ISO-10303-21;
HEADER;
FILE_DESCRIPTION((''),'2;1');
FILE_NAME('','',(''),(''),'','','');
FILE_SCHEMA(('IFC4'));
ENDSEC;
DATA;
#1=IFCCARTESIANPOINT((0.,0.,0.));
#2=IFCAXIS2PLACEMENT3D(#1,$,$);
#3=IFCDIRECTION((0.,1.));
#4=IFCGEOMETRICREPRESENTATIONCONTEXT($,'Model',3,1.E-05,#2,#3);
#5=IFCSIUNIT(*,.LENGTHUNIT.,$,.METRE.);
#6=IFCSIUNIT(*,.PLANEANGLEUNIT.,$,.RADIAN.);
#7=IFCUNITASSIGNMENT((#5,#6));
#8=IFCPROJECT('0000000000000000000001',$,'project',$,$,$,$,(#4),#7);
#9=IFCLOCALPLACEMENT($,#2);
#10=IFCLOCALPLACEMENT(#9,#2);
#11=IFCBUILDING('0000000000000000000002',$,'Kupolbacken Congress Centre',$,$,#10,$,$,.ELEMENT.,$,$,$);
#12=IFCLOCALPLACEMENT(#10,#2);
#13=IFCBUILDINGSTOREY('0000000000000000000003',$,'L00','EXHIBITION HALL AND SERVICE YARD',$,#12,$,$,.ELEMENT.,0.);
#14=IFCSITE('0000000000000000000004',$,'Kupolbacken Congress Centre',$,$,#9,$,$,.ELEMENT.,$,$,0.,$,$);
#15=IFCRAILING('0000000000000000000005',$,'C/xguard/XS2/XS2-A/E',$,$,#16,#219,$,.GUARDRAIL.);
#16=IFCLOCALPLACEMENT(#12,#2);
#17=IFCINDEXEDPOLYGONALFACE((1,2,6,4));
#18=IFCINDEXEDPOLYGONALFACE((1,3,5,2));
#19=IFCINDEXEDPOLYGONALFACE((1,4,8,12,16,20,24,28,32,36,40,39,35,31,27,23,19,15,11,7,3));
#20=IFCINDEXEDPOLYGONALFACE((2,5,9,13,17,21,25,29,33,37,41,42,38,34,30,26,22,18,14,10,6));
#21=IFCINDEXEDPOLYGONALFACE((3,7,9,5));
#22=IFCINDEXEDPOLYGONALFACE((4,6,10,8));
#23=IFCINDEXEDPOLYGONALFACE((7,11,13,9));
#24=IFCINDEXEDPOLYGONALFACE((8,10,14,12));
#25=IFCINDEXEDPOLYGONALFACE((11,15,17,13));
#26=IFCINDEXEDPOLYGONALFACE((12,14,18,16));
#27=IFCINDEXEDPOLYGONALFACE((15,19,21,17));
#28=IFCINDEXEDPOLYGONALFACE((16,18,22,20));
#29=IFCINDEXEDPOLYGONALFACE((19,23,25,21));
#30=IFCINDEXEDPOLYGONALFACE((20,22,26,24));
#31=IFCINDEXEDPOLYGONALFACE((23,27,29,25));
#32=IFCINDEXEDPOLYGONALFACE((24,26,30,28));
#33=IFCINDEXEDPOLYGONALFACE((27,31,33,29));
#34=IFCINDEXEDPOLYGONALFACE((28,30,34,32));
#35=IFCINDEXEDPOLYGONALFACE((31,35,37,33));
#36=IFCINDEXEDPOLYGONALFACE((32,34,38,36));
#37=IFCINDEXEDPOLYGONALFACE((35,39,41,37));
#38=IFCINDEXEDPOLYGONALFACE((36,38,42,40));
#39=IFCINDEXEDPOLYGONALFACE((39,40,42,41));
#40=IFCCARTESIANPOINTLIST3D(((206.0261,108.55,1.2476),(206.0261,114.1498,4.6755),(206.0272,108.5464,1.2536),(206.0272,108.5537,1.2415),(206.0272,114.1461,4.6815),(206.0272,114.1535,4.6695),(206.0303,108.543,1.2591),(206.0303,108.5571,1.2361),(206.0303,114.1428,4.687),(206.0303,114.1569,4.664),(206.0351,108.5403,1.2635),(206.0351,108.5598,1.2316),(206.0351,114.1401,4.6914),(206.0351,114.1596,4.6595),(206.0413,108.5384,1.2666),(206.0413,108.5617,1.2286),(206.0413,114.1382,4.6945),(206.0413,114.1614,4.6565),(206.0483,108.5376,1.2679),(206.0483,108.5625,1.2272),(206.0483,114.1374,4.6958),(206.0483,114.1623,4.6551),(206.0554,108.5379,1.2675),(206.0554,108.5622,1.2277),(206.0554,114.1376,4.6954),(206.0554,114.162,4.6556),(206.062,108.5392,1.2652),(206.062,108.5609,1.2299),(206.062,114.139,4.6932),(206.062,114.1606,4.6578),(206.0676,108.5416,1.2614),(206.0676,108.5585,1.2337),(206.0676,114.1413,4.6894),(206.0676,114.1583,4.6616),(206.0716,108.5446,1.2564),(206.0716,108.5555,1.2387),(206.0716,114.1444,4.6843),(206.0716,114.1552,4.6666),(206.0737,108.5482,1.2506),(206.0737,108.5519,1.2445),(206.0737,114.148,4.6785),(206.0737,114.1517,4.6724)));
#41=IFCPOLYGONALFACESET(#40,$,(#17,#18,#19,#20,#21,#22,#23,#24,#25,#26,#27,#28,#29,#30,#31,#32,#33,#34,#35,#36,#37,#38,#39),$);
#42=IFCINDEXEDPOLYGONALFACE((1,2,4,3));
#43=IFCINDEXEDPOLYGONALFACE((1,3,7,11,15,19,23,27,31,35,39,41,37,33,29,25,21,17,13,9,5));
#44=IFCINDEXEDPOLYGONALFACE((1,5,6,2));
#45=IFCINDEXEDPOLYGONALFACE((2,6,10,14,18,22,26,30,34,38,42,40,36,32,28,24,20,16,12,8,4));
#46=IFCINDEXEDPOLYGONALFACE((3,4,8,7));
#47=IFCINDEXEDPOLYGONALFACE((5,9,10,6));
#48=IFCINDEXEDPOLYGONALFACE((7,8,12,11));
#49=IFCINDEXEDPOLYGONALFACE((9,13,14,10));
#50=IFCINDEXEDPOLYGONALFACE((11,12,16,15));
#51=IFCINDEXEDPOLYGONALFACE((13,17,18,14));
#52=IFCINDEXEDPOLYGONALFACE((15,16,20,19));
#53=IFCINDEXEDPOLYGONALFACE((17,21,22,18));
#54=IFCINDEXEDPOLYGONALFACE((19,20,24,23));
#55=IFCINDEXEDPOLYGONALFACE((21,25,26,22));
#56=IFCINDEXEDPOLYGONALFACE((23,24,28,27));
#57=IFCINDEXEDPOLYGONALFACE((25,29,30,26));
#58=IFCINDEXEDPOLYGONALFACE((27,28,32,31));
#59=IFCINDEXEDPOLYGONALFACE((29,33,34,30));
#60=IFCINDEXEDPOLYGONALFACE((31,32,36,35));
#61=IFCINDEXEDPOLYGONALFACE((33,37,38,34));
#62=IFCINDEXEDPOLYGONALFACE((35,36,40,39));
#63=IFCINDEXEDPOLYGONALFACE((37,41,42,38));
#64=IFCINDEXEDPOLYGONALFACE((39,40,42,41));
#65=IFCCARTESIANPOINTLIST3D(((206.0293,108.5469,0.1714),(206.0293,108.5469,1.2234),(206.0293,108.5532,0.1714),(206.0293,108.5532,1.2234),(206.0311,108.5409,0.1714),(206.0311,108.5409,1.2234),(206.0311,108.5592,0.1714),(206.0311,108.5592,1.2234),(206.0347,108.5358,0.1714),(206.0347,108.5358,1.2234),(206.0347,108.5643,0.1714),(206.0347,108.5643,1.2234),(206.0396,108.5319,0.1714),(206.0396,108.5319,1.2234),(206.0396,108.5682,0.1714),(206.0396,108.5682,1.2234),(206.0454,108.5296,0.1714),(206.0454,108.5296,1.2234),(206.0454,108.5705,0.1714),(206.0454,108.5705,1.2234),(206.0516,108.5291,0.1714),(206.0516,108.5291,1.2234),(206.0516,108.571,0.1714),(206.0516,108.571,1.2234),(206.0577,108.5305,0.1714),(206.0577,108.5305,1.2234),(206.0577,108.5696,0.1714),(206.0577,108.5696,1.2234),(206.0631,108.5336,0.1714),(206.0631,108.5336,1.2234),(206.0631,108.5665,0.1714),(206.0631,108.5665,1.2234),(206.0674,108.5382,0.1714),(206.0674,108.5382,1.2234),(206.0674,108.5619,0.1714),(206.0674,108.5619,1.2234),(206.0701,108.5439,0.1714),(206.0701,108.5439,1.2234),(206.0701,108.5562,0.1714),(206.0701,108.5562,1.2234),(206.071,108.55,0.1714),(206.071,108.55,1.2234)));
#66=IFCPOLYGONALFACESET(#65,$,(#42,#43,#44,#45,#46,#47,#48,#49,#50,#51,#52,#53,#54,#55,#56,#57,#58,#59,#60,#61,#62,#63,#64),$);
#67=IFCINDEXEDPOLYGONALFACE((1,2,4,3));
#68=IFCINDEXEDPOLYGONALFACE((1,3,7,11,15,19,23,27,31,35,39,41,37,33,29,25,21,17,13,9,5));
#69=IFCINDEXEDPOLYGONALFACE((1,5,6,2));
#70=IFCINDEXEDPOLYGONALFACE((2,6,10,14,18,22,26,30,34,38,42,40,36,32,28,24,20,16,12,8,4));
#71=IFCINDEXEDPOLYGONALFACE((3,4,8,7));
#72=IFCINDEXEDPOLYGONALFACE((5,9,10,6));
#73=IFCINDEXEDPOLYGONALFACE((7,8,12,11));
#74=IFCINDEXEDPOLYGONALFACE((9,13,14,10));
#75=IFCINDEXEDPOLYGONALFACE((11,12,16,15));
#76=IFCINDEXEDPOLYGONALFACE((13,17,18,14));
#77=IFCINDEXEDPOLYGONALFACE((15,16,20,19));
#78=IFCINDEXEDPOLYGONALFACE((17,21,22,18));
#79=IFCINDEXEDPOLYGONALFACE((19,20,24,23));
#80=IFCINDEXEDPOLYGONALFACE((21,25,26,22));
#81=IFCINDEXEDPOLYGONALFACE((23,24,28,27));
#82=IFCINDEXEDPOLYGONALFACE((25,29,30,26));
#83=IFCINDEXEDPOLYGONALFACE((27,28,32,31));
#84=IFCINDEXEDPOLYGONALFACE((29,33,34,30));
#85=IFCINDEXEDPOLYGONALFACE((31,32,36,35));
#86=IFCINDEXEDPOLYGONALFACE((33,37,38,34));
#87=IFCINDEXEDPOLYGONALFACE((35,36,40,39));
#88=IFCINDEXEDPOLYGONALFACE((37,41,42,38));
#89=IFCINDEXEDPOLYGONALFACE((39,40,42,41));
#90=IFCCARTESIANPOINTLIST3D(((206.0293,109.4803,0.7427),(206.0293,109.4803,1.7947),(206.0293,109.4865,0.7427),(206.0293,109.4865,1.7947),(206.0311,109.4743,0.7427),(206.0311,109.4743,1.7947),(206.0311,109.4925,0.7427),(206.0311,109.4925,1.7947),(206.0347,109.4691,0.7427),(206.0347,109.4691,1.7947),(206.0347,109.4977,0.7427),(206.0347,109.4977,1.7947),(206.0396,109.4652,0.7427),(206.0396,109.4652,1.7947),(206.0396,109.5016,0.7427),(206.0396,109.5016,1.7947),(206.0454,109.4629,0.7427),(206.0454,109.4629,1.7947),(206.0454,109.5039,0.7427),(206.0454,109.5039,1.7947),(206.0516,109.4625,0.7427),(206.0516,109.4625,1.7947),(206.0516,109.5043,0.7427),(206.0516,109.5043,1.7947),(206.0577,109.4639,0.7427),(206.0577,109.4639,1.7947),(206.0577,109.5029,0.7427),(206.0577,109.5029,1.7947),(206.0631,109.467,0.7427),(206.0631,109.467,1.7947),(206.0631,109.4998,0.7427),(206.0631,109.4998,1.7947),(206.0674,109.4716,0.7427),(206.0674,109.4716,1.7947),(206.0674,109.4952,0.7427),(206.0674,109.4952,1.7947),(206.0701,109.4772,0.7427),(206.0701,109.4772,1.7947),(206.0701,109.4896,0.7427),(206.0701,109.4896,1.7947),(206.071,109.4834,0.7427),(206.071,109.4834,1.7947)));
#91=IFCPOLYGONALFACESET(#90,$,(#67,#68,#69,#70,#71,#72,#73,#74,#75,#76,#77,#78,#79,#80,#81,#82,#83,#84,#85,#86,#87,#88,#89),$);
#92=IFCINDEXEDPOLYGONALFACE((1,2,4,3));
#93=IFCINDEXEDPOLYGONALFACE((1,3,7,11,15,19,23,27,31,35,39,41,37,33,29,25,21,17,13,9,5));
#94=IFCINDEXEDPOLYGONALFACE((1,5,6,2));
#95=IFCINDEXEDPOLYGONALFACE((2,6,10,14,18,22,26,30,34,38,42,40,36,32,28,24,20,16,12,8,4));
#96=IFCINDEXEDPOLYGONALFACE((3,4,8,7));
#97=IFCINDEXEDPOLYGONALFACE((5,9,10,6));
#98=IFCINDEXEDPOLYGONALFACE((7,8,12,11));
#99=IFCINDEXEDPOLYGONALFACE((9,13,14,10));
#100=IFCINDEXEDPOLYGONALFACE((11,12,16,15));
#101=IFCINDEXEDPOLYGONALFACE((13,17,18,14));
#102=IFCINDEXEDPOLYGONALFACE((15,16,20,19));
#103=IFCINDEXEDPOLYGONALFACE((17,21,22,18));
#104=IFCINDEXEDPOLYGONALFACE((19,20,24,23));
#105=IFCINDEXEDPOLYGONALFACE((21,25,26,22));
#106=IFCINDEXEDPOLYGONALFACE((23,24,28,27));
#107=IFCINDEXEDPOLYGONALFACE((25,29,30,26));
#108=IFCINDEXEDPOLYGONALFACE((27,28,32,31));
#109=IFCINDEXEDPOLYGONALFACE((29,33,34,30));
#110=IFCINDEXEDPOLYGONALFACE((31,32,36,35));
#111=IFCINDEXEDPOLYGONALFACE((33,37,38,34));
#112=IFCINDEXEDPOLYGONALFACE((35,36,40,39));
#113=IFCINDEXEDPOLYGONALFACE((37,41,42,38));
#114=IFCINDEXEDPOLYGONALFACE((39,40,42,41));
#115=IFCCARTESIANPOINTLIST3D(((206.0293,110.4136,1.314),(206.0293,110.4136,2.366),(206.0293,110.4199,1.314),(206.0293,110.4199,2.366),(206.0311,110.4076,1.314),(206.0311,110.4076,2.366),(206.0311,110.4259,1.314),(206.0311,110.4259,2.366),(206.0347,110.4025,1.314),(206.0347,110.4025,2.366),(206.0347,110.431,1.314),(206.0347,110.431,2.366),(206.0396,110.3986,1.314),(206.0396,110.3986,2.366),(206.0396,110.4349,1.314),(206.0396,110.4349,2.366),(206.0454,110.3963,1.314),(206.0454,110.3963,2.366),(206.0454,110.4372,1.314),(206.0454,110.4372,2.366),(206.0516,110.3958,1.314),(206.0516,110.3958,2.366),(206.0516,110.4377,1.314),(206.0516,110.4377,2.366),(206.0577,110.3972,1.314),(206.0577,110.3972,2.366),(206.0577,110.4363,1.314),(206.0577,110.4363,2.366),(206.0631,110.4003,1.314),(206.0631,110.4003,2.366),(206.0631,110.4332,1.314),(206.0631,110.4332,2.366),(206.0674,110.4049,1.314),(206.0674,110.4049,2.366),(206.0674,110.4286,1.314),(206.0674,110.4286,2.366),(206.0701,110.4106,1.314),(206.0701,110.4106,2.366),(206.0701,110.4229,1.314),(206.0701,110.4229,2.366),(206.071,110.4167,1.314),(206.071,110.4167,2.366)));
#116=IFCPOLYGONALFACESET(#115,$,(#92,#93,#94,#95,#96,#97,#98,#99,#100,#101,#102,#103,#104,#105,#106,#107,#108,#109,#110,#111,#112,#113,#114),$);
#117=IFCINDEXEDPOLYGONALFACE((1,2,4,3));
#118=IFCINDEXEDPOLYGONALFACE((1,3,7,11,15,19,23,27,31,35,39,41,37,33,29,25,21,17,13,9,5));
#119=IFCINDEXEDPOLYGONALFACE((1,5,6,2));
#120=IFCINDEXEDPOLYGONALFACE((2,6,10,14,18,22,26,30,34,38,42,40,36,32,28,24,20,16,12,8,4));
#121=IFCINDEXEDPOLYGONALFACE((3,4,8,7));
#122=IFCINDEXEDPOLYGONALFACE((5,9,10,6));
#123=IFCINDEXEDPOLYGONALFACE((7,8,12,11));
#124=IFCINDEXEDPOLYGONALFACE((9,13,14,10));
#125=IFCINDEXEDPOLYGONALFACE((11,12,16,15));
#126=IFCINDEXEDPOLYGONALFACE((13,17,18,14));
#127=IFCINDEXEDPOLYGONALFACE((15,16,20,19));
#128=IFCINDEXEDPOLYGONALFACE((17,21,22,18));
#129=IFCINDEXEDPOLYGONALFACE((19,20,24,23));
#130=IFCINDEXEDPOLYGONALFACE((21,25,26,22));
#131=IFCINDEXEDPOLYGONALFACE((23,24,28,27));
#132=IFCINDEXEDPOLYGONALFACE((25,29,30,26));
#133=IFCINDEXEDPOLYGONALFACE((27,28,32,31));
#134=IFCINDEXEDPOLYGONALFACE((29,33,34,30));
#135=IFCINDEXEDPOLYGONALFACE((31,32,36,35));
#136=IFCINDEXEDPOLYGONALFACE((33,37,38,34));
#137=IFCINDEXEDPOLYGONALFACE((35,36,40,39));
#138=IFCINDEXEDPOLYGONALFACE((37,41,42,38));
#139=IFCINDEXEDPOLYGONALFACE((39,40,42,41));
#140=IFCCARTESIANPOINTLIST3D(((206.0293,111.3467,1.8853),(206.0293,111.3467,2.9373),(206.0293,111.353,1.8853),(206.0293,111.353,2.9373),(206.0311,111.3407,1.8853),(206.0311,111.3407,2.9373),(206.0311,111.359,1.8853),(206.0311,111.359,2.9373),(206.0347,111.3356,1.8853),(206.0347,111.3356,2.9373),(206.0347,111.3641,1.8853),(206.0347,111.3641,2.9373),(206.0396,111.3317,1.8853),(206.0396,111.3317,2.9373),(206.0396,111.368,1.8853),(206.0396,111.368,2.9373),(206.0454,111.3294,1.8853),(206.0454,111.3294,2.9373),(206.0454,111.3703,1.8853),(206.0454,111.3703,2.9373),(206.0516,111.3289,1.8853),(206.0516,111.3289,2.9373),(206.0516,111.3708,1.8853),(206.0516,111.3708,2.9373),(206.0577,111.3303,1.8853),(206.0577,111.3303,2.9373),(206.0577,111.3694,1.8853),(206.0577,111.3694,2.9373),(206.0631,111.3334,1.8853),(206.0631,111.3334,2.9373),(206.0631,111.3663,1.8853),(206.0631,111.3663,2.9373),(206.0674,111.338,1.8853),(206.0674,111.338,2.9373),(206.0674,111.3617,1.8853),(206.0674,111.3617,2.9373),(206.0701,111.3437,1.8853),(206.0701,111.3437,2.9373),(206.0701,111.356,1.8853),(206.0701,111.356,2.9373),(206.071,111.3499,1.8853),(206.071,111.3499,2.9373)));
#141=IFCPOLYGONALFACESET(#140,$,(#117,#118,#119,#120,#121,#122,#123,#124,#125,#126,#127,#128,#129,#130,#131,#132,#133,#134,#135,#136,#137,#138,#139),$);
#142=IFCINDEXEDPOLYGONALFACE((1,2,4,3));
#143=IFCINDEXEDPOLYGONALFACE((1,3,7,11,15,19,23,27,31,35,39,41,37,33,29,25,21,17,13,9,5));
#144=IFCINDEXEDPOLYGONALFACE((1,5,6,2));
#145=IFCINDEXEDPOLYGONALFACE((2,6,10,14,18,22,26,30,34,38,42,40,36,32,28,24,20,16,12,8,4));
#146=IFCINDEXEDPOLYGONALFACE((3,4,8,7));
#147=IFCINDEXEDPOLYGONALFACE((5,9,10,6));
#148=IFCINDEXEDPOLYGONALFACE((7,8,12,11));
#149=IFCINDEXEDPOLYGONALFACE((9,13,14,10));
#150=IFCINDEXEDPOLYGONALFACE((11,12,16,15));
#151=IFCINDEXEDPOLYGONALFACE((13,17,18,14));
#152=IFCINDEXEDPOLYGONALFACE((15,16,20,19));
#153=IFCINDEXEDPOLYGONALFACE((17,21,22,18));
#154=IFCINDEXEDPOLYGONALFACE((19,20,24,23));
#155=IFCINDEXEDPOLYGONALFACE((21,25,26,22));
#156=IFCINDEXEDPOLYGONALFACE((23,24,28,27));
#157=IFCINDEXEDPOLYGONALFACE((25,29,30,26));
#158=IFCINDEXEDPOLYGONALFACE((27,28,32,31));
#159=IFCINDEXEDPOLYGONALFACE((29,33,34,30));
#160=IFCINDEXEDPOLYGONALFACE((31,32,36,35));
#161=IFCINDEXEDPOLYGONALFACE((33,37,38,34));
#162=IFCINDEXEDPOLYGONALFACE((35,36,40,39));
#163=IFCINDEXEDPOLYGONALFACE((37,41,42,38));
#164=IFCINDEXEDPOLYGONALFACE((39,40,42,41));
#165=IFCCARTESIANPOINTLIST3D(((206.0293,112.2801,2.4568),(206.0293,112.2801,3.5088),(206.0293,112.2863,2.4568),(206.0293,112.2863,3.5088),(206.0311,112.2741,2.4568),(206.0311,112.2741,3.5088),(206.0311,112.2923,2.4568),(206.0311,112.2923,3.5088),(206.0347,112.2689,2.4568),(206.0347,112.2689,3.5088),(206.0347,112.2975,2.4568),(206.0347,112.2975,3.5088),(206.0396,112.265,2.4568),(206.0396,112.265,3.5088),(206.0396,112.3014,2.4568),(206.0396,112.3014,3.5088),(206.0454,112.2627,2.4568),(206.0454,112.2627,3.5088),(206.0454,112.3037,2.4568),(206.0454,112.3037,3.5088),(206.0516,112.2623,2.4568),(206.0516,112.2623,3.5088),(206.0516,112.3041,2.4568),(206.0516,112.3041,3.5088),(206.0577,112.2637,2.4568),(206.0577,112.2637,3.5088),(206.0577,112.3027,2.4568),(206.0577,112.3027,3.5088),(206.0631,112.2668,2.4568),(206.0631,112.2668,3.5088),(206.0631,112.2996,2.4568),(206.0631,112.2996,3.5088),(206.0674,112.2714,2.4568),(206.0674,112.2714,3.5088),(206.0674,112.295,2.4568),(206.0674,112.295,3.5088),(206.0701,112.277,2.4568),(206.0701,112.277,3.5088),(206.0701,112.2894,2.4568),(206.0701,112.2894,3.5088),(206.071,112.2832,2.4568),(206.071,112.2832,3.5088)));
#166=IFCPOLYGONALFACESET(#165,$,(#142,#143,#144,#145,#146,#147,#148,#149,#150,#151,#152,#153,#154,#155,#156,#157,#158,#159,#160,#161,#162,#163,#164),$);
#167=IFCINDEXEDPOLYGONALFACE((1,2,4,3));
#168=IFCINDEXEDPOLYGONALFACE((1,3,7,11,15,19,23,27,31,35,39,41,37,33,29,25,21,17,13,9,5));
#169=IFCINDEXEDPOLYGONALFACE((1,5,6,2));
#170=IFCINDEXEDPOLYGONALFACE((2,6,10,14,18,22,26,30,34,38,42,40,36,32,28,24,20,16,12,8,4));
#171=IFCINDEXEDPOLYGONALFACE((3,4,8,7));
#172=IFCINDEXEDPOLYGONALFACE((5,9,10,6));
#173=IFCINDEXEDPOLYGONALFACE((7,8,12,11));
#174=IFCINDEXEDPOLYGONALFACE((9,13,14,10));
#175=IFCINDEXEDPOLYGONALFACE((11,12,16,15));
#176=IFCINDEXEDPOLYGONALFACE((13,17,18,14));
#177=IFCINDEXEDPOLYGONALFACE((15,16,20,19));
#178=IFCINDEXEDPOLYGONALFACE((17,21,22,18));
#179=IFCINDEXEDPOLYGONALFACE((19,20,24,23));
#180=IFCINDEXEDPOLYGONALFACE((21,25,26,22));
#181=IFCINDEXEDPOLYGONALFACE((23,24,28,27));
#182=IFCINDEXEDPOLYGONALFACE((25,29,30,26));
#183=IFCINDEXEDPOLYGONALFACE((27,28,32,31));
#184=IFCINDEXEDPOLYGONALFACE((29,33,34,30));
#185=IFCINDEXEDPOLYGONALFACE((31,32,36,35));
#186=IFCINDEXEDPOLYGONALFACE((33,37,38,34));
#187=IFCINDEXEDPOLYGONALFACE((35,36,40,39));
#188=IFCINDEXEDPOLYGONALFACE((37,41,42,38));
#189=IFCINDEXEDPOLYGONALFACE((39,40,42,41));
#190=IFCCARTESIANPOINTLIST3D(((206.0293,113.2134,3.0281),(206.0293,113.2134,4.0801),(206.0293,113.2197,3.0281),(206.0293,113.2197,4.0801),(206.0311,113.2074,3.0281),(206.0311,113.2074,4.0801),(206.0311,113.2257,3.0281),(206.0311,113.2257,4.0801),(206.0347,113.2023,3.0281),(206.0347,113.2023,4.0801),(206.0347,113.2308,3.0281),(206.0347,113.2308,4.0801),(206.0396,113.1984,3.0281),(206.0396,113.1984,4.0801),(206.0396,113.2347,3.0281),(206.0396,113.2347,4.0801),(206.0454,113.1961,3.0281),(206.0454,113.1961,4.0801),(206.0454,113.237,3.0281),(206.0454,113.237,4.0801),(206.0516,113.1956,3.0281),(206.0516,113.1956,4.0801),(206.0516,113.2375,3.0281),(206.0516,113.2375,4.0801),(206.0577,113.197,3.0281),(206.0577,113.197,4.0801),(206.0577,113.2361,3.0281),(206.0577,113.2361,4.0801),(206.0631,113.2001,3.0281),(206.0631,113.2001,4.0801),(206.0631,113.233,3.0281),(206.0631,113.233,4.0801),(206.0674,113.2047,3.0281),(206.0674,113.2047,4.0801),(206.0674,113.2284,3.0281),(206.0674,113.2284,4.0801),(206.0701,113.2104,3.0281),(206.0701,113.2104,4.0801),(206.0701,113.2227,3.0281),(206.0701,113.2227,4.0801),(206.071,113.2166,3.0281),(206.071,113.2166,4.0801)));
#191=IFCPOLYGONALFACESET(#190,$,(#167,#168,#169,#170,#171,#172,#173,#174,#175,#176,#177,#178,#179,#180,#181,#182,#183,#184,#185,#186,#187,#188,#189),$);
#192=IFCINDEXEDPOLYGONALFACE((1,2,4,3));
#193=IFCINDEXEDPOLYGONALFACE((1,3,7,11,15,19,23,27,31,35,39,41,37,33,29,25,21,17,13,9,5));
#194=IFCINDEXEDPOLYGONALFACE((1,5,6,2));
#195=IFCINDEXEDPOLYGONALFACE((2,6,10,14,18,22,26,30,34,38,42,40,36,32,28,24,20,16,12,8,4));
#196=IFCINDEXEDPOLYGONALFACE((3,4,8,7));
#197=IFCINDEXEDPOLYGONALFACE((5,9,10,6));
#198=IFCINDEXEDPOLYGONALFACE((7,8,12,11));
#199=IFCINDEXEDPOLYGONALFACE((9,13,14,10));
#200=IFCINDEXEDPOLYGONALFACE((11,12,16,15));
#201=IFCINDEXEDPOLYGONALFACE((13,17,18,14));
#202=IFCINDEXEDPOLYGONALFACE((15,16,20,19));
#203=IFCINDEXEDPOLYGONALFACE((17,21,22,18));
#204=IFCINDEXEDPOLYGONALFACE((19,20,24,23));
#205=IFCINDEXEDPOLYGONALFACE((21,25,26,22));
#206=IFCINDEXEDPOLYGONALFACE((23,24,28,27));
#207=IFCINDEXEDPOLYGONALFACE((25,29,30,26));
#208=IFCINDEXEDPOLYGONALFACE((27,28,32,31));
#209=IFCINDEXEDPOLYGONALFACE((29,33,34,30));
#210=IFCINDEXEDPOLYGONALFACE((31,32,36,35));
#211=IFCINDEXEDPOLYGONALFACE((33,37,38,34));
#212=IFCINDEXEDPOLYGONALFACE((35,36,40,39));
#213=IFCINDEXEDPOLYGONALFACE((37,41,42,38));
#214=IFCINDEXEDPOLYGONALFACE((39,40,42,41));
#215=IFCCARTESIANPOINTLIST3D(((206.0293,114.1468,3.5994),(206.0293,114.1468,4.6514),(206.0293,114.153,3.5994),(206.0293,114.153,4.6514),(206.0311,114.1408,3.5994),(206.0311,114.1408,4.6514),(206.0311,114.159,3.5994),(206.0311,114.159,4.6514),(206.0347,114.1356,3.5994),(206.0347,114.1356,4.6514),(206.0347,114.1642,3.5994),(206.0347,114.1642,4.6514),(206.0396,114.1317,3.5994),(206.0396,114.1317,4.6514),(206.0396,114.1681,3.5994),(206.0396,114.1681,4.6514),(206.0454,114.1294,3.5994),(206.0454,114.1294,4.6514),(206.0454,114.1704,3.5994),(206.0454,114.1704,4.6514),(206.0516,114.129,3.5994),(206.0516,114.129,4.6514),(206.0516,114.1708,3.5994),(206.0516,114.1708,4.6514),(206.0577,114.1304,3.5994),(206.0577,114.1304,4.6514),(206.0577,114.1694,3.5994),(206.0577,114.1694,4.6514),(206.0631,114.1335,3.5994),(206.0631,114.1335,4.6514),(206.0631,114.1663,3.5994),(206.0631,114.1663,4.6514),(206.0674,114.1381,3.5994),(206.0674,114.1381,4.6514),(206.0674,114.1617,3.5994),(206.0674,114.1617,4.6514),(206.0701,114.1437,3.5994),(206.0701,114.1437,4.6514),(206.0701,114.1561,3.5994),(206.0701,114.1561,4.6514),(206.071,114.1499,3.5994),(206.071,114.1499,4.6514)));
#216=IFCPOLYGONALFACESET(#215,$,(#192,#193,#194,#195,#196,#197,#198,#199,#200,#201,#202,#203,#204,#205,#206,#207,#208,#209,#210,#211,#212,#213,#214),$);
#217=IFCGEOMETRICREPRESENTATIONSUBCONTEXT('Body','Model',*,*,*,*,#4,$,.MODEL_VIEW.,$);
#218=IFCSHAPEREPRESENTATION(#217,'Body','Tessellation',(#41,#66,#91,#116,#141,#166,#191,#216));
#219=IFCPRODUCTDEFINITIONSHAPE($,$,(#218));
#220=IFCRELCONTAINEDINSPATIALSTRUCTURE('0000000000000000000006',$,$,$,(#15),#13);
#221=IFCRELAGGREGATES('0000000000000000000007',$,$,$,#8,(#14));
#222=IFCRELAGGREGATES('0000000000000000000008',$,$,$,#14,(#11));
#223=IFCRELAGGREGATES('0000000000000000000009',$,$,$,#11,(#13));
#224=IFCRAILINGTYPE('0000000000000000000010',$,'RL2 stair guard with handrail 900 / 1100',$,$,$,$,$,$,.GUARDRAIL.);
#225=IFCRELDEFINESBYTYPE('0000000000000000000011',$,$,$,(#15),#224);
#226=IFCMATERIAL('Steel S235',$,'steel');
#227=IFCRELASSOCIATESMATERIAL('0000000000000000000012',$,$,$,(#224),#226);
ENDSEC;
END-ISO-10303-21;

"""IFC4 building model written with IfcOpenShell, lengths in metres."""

from ifc_helpers import new_model, si_unit, direction, frame, origin, origin_2d, place, context, subcontext, project, spatial, circle, extrude, material, type_object, element, save


model = new_model("IFC4")

# Units and contexts
model_context = context("Model", 3, precision=1e-05, world=origin(), true_north=direction((0.0, 1.0)))
body_context = subcontext(model_context, "Body", "Model", "MODEL_VIEW")
ifc_project = project(units=[si_unit("LENGTHUNIT", "METRE"), si_unit("PLANEANGLEUNIT", "RADIAN")], contexts=[model_context])

# Site, building, storey
site_placement = place(None, origin())
site = spatial("IfcSite", under=ifc_project, at=site_placement, Name="Kupolbacken Congress Centre", CompositionType="ELEMENT", RefElevation=0.0)
building_placement = place(site_placement, origin())
building = spatial("IfcBuilding", under=site, at=building_placement, Name="Kupolbacken Congress Centre", CompositionType="ELEMENT")
storey_placement = place(building_placement, origin())
storey = spatial("IfcBuildingStorey", under=building, at=storey_placement, Name="L00", Description="EXHIBITION HALL AND SERVICE YARD", CompositionType="ELEMENT", Elevation=0.0)

# Railing
ifc_material_1 = material(Name="Steel S235", Category="steel")
railing_type = type_object("IfcRailingType", Name="RL2 stair guard with handrail 900 / 1100", PredefinedType="GUARDRAIL", material=ifc_material_1)
for number, where, name in (
    (1, (206.05, 108.55, 0.1714), "C/xguard/XS2/XS2-A/E"),
):
    element("IfcRailing", number, at=place(storey_placement, frame(where)), inside=storey, type_object=railing_type, Name=name, PredefinedType="GUARDRAIL", context=body_context, shape_type="SweptSolid", body=[
        extrude(circle(Radius=0.0239, at=origin_2d()), frame((0.0, 0.0, 1.0762), z_axis=(0.0, 0.852885, 0.522098), x_axis=(-1.0, 0.0, 0.0)), (0.0, 0.0, 1.0), 6.5657),
        extrude(circle(Radius=0.021, at=origin_2d()), origin(), (0.0, 0.0, 1.0), 1.052),
        extrude(circle(Radius=0.021, at=origin_2d()), frame((0.0, 0.9333, 0.5713)), (0.0, 0.0, 1.0), 1.052),
        extrude(circle(Radius=0.021, at=origin_2d()), frame((0.0, 1.8667, 1.1426)), (0.0, 0.0, 1.0), 1.052),
        extrude(circle(Radius=0.021, at=origin_2d()), frame((0.0, 2.7998, 1.7139)), (0.0, 0.0, 1.0), 1.052),
        extrude(circle(Radius=0.021, at=origin_2d()), frame((0.0, 3.7332, 2.2854)), (0.0, 0.0, 1.0), 1.052),
        extrude(circle(Radius=0.021, at=origin_2d()), frame((0.0, 4.6665, 2.8567)), (0.0, 0.0, 1.0), 1.052),
        extrude(circle(Radius=0.021, at=origin_2d()), frame((0.0, 5.5999, 3.428)), (0.0, 0.0, 1.0), 1.052),
    ])

save(model, "model.ifc")
